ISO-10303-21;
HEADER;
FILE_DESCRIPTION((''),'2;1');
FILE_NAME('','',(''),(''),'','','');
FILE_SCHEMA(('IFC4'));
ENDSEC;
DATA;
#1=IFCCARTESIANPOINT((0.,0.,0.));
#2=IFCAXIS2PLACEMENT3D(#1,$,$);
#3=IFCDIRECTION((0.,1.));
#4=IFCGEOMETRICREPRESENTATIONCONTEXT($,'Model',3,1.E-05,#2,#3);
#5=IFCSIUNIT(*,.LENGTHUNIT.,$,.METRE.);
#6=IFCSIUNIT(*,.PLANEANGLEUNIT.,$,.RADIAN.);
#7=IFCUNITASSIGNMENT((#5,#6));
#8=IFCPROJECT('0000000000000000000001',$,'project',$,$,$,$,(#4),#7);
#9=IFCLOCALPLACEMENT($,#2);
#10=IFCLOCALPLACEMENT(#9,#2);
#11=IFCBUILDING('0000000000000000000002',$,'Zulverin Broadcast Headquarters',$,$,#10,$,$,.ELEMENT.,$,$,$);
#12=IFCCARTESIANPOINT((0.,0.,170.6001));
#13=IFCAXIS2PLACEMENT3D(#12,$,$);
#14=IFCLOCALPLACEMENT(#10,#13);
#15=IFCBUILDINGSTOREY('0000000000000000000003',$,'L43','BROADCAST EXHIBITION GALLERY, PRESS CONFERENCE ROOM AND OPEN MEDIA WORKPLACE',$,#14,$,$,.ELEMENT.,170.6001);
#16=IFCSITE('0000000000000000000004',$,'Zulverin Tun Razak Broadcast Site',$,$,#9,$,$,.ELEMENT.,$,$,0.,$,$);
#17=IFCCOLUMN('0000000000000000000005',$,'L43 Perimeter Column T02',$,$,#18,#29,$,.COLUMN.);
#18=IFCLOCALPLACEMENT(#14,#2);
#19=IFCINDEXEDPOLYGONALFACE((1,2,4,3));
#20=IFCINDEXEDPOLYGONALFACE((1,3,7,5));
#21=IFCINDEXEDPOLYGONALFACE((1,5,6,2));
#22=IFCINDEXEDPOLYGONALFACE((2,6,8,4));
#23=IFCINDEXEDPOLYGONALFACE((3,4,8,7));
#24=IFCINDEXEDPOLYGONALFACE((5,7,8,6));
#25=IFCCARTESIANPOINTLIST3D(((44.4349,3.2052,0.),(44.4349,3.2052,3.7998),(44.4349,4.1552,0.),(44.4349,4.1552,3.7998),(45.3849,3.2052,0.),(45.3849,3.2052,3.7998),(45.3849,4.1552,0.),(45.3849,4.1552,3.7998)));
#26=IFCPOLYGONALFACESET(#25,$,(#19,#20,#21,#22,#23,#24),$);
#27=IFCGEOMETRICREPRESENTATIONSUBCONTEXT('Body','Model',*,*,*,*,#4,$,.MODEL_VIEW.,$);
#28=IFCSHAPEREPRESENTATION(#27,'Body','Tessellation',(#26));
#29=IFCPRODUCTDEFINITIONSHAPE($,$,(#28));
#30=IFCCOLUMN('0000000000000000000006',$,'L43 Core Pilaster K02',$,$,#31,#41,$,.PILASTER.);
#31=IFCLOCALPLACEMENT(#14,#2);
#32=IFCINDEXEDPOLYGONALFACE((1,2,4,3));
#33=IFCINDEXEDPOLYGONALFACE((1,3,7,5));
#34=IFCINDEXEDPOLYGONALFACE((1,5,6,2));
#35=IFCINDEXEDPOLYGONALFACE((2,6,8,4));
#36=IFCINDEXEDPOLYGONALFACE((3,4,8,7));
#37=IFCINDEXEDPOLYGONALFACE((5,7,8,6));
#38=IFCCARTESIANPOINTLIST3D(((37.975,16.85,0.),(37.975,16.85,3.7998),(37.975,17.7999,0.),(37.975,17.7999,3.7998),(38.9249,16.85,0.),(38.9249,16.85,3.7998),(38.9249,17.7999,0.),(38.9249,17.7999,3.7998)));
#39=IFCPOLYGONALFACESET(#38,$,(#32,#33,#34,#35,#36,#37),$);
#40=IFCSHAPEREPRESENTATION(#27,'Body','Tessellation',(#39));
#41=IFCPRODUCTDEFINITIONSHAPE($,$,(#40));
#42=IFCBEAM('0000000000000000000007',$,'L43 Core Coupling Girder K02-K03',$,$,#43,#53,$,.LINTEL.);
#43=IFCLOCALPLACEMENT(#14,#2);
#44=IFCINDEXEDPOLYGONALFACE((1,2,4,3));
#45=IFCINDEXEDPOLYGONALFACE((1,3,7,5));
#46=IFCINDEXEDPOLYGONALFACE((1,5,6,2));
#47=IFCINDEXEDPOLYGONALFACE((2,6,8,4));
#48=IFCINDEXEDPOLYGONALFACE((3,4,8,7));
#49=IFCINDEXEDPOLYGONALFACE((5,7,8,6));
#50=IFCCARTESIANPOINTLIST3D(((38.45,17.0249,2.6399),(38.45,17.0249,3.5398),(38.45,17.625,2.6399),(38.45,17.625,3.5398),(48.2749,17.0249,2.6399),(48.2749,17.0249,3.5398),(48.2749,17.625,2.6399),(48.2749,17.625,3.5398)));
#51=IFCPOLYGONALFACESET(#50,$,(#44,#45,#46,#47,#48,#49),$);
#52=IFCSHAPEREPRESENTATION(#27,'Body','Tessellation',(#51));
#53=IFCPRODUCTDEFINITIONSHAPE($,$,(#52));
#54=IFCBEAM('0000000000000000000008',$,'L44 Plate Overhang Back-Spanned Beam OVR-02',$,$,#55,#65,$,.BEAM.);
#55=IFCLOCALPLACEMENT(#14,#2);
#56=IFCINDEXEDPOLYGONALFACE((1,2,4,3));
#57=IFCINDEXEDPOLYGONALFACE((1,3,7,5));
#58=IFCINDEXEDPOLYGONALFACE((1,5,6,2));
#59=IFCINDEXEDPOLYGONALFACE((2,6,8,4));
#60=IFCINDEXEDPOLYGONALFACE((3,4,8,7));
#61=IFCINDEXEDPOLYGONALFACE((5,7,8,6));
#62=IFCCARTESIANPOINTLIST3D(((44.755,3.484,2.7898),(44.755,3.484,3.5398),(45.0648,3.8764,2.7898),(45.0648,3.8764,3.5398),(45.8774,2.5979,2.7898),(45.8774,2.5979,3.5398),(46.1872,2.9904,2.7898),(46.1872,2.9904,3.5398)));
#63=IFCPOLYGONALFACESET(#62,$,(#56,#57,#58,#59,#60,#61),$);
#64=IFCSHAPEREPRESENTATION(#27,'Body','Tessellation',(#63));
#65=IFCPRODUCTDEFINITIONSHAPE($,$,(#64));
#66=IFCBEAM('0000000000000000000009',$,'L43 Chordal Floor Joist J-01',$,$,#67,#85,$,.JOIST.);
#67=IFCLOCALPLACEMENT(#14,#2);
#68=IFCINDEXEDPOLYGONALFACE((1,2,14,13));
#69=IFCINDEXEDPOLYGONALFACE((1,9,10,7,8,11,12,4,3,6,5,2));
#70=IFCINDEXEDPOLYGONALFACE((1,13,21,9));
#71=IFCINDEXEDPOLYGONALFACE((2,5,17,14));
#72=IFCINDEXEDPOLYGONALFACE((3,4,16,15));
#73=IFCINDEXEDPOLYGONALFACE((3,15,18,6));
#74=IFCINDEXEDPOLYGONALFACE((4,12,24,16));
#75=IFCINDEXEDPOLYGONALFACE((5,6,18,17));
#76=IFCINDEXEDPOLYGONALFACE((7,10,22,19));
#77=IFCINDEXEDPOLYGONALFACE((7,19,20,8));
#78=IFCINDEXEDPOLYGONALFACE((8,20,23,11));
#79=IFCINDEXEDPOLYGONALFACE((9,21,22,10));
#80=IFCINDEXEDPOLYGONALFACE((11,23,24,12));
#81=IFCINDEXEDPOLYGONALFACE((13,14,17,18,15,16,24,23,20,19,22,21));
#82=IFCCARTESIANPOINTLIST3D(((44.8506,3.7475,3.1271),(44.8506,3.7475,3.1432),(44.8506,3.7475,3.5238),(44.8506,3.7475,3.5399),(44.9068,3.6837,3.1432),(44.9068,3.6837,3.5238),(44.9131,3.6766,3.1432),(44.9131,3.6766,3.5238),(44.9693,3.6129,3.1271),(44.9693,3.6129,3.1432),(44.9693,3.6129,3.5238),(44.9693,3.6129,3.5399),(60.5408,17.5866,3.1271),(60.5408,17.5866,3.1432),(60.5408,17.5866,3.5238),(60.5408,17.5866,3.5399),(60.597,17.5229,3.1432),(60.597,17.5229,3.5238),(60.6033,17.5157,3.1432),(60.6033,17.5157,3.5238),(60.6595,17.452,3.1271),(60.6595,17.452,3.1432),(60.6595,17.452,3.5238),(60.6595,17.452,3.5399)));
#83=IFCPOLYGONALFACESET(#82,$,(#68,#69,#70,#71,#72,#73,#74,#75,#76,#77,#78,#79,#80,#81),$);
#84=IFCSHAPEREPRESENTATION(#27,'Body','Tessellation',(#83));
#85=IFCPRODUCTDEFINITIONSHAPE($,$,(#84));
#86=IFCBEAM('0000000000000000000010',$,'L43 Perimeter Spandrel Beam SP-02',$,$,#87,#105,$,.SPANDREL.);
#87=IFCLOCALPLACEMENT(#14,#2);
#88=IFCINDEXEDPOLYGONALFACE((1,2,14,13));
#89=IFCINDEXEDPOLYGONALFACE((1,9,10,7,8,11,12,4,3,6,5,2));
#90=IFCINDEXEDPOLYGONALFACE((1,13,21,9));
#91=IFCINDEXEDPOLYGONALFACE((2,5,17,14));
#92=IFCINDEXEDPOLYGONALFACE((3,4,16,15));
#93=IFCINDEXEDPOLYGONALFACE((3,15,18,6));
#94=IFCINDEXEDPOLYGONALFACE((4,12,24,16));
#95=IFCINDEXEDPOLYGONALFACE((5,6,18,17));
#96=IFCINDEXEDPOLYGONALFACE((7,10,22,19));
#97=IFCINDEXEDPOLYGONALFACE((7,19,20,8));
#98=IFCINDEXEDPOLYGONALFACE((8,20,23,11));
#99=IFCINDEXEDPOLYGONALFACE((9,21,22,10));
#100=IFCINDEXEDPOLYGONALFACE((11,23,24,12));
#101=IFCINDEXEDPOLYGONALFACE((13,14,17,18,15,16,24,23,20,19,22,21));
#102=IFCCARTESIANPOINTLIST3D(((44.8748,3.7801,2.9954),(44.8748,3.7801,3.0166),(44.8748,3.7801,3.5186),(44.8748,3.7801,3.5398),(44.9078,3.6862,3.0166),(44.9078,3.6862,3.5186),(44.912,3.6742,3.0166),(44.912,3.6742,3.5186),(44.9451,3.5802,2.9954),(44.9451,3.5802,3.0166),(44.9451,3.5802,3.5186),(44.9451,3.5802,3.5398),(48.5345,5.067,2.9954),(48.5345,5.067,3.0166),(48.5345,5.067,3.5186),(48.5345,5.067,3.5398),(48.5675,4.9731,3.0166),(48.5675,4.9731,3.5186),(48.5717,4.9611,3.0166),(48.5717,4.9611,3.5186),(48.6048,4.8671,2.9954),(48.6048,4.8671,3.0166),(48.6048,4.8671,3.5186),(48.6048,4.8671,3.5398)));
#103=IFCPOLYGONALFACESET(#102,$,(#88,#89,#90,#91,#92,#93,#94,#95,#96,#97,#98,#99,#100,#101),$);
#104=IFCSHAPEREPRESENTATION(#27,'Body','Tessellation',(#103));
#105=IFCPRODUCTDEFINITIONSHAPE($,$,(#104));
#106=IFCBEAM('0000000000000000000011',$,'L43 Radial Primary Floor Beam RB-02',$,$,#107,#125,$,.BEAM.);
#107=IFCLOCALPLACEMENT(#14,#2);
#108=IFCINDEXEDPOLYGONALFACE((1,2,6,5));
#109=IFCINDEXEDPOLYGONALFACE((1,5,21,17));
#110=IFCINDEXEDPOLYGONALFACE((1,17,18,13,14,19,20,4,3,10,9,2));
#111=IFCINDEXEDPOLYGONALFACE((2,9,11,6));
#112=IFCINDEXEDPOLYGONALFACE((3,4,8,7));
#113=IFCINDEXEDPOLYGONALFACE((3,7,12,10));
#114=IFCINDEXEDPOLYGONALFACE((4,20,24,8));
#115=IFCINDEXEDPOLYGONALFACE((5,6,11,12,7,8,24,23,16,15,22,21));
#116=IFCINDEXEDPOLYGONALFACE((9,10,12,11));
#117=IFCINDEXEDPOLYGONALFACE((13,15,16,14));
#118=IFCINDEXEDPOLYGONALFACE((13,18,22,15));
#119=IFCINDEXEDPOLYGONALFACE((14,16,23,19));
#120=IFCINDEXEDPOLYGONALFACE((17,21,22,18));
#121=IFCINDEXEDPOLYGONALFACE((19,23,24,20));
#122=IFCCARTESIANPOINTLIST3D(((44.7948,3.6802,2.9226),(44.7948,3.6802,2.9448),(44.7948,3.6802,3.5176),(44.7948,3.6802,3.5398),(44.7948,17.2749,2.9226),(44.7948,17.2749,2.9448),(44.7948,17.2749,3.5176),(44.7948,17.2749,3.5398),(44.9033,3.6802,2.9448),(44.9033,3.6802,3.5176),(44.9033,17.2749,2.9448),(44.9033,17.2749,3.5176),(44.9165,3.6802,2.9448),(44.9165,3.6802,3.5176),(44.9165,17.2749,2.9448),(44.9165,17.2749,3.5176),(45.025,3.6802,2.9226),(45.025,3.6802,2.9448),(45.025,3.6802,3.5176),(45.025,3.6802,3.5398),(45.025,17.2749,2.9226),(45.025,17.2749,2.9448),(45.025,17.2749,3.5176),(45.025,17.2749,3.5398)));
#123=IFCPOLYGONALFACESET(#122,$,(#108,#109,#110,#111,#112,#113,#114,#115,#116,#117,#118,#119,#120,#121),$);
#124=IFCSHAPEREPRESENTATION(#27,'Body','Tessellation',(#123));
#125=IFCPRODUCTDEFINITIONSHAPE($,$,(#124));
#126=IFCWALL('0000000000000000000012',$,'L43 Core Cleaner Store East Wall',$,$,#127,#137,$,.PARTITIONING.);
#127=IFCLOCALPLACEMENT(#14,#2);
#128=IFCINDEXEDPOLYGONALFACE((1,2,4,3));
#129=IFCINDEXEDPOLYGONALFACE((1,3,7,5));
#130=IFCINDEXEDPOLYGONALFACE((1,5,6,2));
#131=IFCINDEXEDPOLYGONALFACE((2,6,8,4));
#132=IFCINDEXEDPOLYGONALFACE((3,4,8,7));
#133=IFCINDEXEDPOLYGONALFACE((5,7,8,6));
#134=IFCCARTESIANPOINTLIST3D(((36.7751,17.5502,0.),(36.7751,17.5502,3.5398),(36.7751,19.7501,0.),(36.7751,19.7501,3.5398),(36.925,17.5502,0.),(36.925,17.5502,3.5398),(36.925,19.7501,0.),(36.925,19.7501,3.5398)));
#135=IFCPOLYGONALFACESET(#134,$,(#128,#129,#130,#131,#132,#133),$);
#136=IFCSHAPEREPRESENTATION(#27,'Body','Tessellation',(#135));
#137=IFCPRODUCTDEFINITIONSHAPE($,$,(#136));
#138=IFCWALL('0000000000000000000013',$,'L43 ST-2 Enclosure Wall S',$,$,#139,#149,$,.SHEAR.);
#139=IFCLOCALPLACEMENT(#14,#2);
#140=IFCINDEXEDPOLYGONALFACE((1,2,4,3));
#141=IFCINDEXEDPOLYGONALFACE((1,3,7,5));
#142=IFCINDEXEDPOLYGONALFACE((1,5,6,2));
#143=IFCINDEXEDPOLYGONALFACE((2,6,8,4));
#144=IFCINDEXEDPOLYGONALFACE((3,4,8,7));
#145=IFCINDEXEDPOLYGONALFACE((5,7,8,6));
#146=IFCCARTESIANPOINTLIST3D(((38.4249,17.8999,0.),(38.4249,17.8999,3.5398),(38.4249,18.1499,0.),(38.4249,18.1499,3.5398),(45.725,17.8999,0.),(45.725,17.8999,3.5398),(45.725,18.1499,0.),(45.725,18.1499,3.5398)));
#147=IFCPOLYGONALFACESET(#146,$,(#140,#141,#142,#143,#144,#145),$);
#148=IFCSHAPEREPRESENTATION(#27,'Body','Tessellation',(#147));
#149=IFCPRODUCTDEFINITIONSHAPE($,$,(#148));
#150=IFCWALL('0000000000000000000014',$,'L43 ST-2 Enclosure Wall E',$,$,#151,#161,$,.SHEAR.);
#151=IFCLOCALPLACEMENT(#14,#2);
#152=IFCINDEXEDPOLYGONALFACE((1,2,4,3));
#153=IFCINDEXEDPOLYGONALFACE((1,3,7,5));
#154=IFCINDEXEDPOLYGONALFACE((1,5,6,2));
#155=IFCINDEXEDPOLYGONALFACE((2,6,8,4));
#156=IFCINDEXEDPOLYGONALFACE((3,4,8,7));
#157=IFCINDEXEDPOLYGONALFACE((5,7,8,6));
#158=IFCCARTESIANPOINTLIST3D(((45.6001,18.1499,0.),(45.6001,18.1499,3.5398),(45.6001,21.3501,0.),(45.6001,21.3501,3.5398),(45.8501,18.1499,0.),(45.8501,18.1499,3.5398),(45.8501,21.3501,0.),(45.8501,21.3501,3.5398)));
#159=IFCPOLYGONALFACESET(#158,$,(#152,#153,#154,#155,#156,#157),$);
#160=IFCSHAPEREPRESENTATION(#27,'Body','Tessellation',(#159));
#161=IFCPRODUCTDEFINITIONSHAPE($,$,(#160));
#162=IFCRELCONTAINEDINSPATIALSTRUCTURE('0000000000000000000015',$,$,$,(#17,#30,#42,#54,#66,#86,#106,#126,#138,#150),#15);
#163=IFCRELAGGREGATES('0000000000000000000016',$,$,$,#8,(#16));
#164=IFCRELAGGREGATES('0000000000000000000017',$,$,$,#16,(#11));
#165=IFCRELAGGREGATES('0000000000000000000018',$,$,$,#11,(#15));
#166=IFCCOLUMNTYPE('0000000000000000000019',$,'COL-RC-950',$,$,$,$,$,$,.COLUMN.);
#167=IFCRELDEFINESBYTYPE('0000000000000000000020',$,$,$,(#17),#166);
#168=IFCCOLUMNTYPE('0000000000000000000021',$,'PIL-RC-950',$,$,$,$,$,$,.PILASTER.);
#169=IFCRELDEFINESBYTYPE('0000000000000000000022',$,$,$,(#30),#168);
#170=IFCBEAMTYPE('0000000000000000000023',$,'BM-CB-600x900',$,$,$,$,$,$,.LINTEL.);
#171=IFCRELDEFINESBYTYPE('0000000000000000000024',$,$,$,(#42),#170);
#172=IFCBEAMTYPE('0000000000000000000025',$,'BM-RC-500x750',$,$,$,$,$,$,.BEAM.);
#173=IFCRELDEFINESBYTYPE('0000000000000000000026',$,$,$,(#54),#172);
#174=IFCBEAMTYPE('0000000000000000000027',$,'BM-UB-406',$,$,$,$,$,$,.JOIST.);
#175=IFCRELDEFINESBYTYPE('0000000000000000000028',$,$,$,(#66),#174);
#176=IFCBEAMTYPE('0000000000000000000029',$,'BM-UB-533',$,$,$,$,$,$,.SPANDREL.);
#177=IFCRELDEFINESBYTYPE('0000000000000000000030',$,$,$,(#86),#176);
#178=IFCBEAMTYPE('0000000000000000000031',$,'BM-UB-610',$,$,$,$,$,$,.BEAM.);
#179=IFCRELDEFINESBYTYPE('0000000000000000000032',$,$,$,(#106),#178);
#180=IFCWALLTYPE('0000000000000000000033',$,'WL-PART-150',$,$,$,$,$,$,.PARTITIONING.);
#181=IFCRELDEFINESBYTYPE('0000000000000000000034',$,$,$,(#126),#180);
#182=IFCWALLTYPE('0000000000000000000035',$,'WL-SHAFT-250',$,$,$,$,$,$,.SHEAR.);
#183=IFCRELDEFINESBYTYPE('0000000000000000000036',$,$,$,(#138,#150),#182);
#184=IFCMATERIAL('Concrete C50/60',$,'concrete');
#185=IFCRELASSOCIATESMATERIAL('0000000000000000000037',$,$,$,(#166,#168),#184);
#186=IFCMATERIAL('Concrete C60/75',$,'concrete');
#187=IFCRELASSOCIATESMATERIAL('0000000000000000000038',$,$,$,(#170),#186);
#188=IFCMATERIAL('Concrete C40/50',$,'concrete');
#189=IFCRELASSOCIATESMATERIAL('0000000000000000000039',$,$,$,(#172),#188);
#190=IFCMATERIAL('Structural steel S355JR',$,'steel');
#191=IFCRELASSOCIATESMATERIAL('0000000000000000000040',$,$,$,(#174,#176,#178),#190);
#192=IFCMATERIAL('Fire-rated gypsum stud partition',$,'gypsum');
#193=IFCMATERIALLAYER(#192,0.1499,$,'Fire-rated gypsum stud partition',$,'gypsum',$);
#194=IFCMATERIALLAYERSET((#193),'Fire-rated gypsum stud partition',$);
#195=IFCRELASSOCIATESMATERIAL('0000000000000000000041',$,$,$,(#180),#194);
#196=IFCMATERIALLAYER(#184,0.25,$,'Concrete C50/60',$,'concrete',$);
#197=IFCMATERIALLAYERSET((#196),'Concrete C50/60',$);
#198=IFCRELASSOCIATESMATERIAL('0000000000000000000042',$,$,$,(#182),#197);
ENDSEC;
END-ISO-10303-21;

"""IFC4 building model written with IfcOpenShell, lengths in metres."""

from ifc_helpers import new_model, si_unit, direction, frame, frame_2d, origin, origin_2d, place, context, subcontext, project, spatial, rectangle, i_section, extrude, material, layer, layer_set, material_profile, profile_set, type_object, element, save


model = new_model("IFC4")

# Units and contexts
model_context = context("Model", 3, precision=1e-05, world=origin(), true_north=direction((0.0, 1.0)))
body_context = subcontext(model_context, "Body", "Model", "MODEL_VIEW")
ifc_project = project(units=[si_unit("LENGTHUNIT", "METRE"), si_unit("PLANEANGLEUNIT", "RADIAN")], contexts=[model_context])

# Site, building, storey
site_placement = place(None, origin())
site = spatial("IfcSite", under=ifc_project, at=site_placement, Name="Zulverin Tun Razak Broadcast Site", CompositionType="ELEMENT", RefElevation=0.0)
building_placement = place(site_placement, origin())
building = spatial("IfcBuilding", under=site, at=building_placement, Name="Zulverin Broadcast Headquarters", CompositionType="ELEMENT")
storey_placement = place(building_placement, frame((0.0, 0.0, 170.6001)))
storey = spatial("IfcBuildingStorey", under=building, at=storey_placement, Name="L43", Description="BROADCAST EXHIBITION GALLERY, PRESS CONFERENCE ROOM AND OPEN MEDIA WORKPLACE", CompositionType="ELEMENT", Elevation=170.6001)

# Columns
ifc_material_1 = material(Name="Concrete C50/60", Category="concrete")
ifc_material_profile_1 = material_profile(ifc_material_1, rectangle(XDim=0.95, YDim=0.95, at=origin_2d()), Name="Concrete C50/60", Category="concrete")
ifc_profile_set_1 = profile_set([ifc_material_profile_1], Name="Concrete C50/60")
column_type_1 = type_object("IfcColumnType", Name="COL-RC-950", PredefinedType="COLUMN", material=ifc_profile_set_1)
column_1_placement = place(storey_placement, frame((44.9099, 3.6802, 0.0), z_axis=(0.0, 0.0, 1.0), x_axis=(1.0, 0.0, 0.0)))
element("IfcColumn", 1, at=column_1_placement, inside=storey, type_object=column_type_1, Name="L43 Perimeter Column T02", PredefinedType="COLUMN", context=body_context, shape_type="SweptSolid", body=[
    extrude(rectangle(XDim=0.95, YDim=0.95, at=origin_2d()), origin(), (0.0, 0.0, 1.0), 3.7998),
])
ifc_material_profile_2 = material_profile(ifc_material_1, rectangle(XDim=0.95, YDim=0.95, at=origin_2d()), Name="Concrete C50/60", Category="concrete")
ifc_profile_set_2 = profile_set([ifc_material_profile_2], Name="Concrete C50/60")
column_type_2 = type_object("IfcColumnType", Name="PIL-RC-950", PredefinedType="PILASTER", material=ifc_profile_set_2)
column_2_placement = place(storey_placement, frame((38.45, 17.325, 0.0), z_axis=(0.0, 0.0, 1.0), x_axis=(1.0, 0.0, 0.0)))
element("IfcColumn", 2, at=column_2_placement, inside=storey, type_object=column_type_2, Name="L43 Core Pilaster K02", PredefinedType="PILASTER", context=body_context, shape_type="SweptSolid", body=[
    extrude(rectangle(XDim=0.95, YDim=0.95, at=origin_2d()), origin(), (0.0, 0.0, 1.0), 3.7998),
])

# Beams
ifc_material_2 = material(Name="Concrete C60/75", Category="concrete")
ifc_material_profile_3 = material_profile(ifc_material_2, rectangle(XDim=0.6001, YDim=0.8999, at=origin_2d()), Name="Concrete C60/75", Category="concrete")
ifc_profile_set_3 = profile_set([ifc_material_profile_3], Name="Concrete C60/75")
beam_type_1 = type_object("IfcBeamType", Name="BM-CB-600x900", PredefinedType="LINTEL", material=ifc_profile_set_3)
beam_1_placement = place(storey_placement, frame((38.45, 17.325, 3.0898), z_axis=(1.0, 0.0, 0.0), x_axis=(0.0, 1.0, 0.0)))
element("IfcBeam", 3, at=beam_1_placement, inside=storey, type_object=beam_type_1, Name="L43 Core Coupling Girder K02-K03", PredefinedType="LINTEL", context=body_context, shape_type="SweptSolid", body=[
    extrude(rectangle(XDim=0.6001, YDim=0.8999, at=origin_2d()), origin(), (0.0, 0.0, 1.0), 9.825),
])
ifc_material_3 = material(Name="Concrete C40/50", Category="concrete")
ifc_material_profile_4 = material_profile(ifc_material_3, rectangle(XDim=0.5, YDim=0.75, at=origin_2d()), Name="Concrete C40/50", Category="concrete")
ifc_profile_set_4 = profile_set([ifc_material_profile_4], Name="Concrete C40/50")
beam_type_2 = type_object("IfcBeamType", Name="BM-RC-500x750", PredefinedType="BEAM", material=ifc_profile_set_4)
beam_2_placement = place(storey_placement, frame((44.9099, 3.6802, 3.1648), z_axis=(0.7849, -0.619622, 0.0), x_axis=(0.619622, 0.7849, 0.0)))
element("IfcBeam", 4, at=beam_2_placement, inside=storey, type_object=beam_type_2, Name="L44 Plate Overhang Back-Spanned Beam OVR-02", PredefinedType="BEAM", context=body_context, shape_type="SweptSolid", body=[
    extrude(rectangle(XDim=0.5, YDim=0.75, at=origin_2d()), origin(), (0.0, 0.0, 1.0), 1.4299),
])
ifc_material_4 = material(Name="Structural steel S355JR", Category="steel")
ifc_material_profile_5 = material_profile(ifc_material_4, i_section(OverallWidth=0.1794, OverallDepth=0.4128, WebThickness=0.0095, FlangeThickness=0.0161, at=origin_2d()), Name="Structural steel S355JR", Category="steel")
ifc_profile_set_5 = profile_set([ifc_material_profile_5], Name="Structural steel S355JR")
beam_type_3 = type_object("IfcBeamType", Name="BM-UB-406", PredefinedType="JOIST", material=ifc_profile_set_5)
beam_3_placement = place(storey_placement, frame((44.9099, 3.6802, 3.3335), z_axis=(0.74996, 0.661483, 0.0), x_axis=(-0.661483, 0.74996, 0.0)))
element("IfcBeam", 5, at=beam_3_placement, inside=storey, type_object=beam_type_3, Name="L43 Chordal Floor Joist J-01", PredefinedType="JOIST", context=body_context, shape_type="SweptSolid", body=[
    extrude(i_section(OverallWidth=0.1794, OverallDepth=0.4128, WebThickness=0.0095, FlangeThickness=0.0161, at=origin_2d()), origin(), (0.0, 0.0, 1.0), 20.9214),
])
ifc_material_profile_6 = material_profile(ifc_material_4, i_section(OverallWidth=0.2119, OverallDepth=0.5444, WebThickness=0.0127, FlangeThickness=0.0212, at=origin_2d()), Name="Structural steel S355JR", Category="steel")
ifc_profile_set_6 = profile_set([ifc_material_profile_6], Name="Structural steel S355JR")
beam_type_4 = type_object("IfcBeamType", Name="BM-UB-533", PredefinedType="SPANDREL", material=ifc_profile_set_6)
beam_4_placement = place(storey_placement, frame((44.9099, 3.6802, 3.2676), z_axis=(0.943377, 0.331724, 0.0), x_axis=(-0.331724, 0.943377, 0.0)))
element("IfcBeam", 6, at=beam_4_placement, inside=storey, type_object=beam_type_4, Name="L43 Perimeter Spandrel Beam SP-02", PredefinedType="SPANDREL", context=body_context, shape_type="SweptSolid", body=[
    extrude(i_section(OverallWidth=0.2119, OverallDepth=0.5444, WebThickness=0.0127, FlangeThickness=0.0212, at=origin_2d()), origin(), (0.0, 0.0, 1.0), 3.8794),
])
ifc_material_profile_7 = material_profile(ifc_material_4, i_section(OverallWidth=0.2302, OverallDepth=0.6172, WebThickness=0.0132, FlangeThickness=0.0222, at=origin_2d()), Name="Structural steel S355JR", Category="steel")
ifc_profile_set_7 = profile_set([ifc_material_profile_7], Name="Structural steel S355JR")
beam_type_5 = type_object("IfcBeamType", Name="BM-UB-610", PredefinedType="BEAM", material=ifc_profile_set_7)
beam_5_placement = place(storey_placement, frame((44.9099, 17.2749, 3.2312), z_axis=(0.0, -1.0, 0.0), x_axis=(1.0, 0.0, 0.0)))
element("IfcBeam", 7, at=beam_5_placement, inside=storey, type_object=beam_type_5, Name="L43 Radial Primary Floor Beam RB-02", PredefinedType="BEAM", context=body_context, shape_type="SweptSolid", body=[
    extrude(i_section(OverallWidth=0.2302, OverallDepth=0.6172, WebThickness=0.0132, FlangeThickness=0.0222, at=origin_2d()), origin(), (0.0, 0.0, 1.0), 13.5947),
])

# Walls
ifc_material_5 = material(Name="Fire-rated gypsum stud partition", Category="gypsum")
ifc_layer_1 = layer(ifc_material_5, 0.1499, Name="Fire-rated gypsum stud partition", Category="gypsum")
ifc_layer_set_1 = layer_set([ifc_layer_1], Name="Fire-rated gypsum stud partition")
wall_type_1 = type_object("IfcWallType", Name="WL-PART-150", PredefinedType="PARTITIONING", material=ifc_layer_set_1)
wall_1_placement = place(storey_placement, frame((36.8501, 17.55, 0.0), z_axis=(0.0, 0.0, 1.0), x_axis=(0.0, 1.0, 0.0)))
element("IfcWall", 8, at=wall_1_placement, inside=storey, type_object=wall_type_1, Name="L43 Core Cleaner Store East Wall", PredefinedType="PARTITIONING", context=body_context, shape_type="SweptSolid", body=[
    extrude(rectangle(XDim=2.2, YDim=0.1499, at=frame_2d((1.1001, 0.0))), origin(), (0.0, 0.0, 1.0), 3.5398),
])
ifc_layer_2 = layer(ifc_material_1, 0.25, Name="Concrete C50/60", Category="concrete")
ifc_layer_set_2 = layer_set([ifc_layer_2], Name="Concrete C50/60")
wall_type_2 = type_object("IfcWallType", Name="WL-SHAFT-250", PredefinedType="SHEAR", material=ifc_layer_set_2)
wall_2_placement = place(storey_placement, frame((38.425, 18.0249, 0.0), z_axis=(0.0, 0.0, 1.0), x_axis=(1.0, 0.0, 0.0)))
element("IfcWall", 9, at=wall_2_placement, inside=storey, type_object=wall_type_2, Name="L43 ST-2 Enclosure Wall S", PredefinedType="SHEAR", context=body_context, shape_type="SweptSolid", body=[
    extrude(rectangle(XDim=7.3, YDim=0.25, at=frame_2d((3.6499, 0.0))), origin(), (0.0, 0.0, 1.0), 3.5398),
])

# Wall
wall_3_placement = place(storey_placement, frame((45.7251, 18.1499, 0.0), z_axis=(0.0, 0.0, 1.0), x_axis=(0.0, 1.0, 0.0)))
element("IfcWall", 10, at=wall_3_placement, inside=storey, type_object=wall_type_2, Name="L43 ST-2 Enclosure Wall E", PredefinedType="SHEAR", context=body_context, shape_type="SweptSolid", body=[
    extrude(rectangle(XDim=3.2002, YDim=0.25, at=frame_2d((1.6001, 0.0))), origin(), (0.0, 0.0, 1.0), 3.5398),
])

save(model, "model.ifc")
